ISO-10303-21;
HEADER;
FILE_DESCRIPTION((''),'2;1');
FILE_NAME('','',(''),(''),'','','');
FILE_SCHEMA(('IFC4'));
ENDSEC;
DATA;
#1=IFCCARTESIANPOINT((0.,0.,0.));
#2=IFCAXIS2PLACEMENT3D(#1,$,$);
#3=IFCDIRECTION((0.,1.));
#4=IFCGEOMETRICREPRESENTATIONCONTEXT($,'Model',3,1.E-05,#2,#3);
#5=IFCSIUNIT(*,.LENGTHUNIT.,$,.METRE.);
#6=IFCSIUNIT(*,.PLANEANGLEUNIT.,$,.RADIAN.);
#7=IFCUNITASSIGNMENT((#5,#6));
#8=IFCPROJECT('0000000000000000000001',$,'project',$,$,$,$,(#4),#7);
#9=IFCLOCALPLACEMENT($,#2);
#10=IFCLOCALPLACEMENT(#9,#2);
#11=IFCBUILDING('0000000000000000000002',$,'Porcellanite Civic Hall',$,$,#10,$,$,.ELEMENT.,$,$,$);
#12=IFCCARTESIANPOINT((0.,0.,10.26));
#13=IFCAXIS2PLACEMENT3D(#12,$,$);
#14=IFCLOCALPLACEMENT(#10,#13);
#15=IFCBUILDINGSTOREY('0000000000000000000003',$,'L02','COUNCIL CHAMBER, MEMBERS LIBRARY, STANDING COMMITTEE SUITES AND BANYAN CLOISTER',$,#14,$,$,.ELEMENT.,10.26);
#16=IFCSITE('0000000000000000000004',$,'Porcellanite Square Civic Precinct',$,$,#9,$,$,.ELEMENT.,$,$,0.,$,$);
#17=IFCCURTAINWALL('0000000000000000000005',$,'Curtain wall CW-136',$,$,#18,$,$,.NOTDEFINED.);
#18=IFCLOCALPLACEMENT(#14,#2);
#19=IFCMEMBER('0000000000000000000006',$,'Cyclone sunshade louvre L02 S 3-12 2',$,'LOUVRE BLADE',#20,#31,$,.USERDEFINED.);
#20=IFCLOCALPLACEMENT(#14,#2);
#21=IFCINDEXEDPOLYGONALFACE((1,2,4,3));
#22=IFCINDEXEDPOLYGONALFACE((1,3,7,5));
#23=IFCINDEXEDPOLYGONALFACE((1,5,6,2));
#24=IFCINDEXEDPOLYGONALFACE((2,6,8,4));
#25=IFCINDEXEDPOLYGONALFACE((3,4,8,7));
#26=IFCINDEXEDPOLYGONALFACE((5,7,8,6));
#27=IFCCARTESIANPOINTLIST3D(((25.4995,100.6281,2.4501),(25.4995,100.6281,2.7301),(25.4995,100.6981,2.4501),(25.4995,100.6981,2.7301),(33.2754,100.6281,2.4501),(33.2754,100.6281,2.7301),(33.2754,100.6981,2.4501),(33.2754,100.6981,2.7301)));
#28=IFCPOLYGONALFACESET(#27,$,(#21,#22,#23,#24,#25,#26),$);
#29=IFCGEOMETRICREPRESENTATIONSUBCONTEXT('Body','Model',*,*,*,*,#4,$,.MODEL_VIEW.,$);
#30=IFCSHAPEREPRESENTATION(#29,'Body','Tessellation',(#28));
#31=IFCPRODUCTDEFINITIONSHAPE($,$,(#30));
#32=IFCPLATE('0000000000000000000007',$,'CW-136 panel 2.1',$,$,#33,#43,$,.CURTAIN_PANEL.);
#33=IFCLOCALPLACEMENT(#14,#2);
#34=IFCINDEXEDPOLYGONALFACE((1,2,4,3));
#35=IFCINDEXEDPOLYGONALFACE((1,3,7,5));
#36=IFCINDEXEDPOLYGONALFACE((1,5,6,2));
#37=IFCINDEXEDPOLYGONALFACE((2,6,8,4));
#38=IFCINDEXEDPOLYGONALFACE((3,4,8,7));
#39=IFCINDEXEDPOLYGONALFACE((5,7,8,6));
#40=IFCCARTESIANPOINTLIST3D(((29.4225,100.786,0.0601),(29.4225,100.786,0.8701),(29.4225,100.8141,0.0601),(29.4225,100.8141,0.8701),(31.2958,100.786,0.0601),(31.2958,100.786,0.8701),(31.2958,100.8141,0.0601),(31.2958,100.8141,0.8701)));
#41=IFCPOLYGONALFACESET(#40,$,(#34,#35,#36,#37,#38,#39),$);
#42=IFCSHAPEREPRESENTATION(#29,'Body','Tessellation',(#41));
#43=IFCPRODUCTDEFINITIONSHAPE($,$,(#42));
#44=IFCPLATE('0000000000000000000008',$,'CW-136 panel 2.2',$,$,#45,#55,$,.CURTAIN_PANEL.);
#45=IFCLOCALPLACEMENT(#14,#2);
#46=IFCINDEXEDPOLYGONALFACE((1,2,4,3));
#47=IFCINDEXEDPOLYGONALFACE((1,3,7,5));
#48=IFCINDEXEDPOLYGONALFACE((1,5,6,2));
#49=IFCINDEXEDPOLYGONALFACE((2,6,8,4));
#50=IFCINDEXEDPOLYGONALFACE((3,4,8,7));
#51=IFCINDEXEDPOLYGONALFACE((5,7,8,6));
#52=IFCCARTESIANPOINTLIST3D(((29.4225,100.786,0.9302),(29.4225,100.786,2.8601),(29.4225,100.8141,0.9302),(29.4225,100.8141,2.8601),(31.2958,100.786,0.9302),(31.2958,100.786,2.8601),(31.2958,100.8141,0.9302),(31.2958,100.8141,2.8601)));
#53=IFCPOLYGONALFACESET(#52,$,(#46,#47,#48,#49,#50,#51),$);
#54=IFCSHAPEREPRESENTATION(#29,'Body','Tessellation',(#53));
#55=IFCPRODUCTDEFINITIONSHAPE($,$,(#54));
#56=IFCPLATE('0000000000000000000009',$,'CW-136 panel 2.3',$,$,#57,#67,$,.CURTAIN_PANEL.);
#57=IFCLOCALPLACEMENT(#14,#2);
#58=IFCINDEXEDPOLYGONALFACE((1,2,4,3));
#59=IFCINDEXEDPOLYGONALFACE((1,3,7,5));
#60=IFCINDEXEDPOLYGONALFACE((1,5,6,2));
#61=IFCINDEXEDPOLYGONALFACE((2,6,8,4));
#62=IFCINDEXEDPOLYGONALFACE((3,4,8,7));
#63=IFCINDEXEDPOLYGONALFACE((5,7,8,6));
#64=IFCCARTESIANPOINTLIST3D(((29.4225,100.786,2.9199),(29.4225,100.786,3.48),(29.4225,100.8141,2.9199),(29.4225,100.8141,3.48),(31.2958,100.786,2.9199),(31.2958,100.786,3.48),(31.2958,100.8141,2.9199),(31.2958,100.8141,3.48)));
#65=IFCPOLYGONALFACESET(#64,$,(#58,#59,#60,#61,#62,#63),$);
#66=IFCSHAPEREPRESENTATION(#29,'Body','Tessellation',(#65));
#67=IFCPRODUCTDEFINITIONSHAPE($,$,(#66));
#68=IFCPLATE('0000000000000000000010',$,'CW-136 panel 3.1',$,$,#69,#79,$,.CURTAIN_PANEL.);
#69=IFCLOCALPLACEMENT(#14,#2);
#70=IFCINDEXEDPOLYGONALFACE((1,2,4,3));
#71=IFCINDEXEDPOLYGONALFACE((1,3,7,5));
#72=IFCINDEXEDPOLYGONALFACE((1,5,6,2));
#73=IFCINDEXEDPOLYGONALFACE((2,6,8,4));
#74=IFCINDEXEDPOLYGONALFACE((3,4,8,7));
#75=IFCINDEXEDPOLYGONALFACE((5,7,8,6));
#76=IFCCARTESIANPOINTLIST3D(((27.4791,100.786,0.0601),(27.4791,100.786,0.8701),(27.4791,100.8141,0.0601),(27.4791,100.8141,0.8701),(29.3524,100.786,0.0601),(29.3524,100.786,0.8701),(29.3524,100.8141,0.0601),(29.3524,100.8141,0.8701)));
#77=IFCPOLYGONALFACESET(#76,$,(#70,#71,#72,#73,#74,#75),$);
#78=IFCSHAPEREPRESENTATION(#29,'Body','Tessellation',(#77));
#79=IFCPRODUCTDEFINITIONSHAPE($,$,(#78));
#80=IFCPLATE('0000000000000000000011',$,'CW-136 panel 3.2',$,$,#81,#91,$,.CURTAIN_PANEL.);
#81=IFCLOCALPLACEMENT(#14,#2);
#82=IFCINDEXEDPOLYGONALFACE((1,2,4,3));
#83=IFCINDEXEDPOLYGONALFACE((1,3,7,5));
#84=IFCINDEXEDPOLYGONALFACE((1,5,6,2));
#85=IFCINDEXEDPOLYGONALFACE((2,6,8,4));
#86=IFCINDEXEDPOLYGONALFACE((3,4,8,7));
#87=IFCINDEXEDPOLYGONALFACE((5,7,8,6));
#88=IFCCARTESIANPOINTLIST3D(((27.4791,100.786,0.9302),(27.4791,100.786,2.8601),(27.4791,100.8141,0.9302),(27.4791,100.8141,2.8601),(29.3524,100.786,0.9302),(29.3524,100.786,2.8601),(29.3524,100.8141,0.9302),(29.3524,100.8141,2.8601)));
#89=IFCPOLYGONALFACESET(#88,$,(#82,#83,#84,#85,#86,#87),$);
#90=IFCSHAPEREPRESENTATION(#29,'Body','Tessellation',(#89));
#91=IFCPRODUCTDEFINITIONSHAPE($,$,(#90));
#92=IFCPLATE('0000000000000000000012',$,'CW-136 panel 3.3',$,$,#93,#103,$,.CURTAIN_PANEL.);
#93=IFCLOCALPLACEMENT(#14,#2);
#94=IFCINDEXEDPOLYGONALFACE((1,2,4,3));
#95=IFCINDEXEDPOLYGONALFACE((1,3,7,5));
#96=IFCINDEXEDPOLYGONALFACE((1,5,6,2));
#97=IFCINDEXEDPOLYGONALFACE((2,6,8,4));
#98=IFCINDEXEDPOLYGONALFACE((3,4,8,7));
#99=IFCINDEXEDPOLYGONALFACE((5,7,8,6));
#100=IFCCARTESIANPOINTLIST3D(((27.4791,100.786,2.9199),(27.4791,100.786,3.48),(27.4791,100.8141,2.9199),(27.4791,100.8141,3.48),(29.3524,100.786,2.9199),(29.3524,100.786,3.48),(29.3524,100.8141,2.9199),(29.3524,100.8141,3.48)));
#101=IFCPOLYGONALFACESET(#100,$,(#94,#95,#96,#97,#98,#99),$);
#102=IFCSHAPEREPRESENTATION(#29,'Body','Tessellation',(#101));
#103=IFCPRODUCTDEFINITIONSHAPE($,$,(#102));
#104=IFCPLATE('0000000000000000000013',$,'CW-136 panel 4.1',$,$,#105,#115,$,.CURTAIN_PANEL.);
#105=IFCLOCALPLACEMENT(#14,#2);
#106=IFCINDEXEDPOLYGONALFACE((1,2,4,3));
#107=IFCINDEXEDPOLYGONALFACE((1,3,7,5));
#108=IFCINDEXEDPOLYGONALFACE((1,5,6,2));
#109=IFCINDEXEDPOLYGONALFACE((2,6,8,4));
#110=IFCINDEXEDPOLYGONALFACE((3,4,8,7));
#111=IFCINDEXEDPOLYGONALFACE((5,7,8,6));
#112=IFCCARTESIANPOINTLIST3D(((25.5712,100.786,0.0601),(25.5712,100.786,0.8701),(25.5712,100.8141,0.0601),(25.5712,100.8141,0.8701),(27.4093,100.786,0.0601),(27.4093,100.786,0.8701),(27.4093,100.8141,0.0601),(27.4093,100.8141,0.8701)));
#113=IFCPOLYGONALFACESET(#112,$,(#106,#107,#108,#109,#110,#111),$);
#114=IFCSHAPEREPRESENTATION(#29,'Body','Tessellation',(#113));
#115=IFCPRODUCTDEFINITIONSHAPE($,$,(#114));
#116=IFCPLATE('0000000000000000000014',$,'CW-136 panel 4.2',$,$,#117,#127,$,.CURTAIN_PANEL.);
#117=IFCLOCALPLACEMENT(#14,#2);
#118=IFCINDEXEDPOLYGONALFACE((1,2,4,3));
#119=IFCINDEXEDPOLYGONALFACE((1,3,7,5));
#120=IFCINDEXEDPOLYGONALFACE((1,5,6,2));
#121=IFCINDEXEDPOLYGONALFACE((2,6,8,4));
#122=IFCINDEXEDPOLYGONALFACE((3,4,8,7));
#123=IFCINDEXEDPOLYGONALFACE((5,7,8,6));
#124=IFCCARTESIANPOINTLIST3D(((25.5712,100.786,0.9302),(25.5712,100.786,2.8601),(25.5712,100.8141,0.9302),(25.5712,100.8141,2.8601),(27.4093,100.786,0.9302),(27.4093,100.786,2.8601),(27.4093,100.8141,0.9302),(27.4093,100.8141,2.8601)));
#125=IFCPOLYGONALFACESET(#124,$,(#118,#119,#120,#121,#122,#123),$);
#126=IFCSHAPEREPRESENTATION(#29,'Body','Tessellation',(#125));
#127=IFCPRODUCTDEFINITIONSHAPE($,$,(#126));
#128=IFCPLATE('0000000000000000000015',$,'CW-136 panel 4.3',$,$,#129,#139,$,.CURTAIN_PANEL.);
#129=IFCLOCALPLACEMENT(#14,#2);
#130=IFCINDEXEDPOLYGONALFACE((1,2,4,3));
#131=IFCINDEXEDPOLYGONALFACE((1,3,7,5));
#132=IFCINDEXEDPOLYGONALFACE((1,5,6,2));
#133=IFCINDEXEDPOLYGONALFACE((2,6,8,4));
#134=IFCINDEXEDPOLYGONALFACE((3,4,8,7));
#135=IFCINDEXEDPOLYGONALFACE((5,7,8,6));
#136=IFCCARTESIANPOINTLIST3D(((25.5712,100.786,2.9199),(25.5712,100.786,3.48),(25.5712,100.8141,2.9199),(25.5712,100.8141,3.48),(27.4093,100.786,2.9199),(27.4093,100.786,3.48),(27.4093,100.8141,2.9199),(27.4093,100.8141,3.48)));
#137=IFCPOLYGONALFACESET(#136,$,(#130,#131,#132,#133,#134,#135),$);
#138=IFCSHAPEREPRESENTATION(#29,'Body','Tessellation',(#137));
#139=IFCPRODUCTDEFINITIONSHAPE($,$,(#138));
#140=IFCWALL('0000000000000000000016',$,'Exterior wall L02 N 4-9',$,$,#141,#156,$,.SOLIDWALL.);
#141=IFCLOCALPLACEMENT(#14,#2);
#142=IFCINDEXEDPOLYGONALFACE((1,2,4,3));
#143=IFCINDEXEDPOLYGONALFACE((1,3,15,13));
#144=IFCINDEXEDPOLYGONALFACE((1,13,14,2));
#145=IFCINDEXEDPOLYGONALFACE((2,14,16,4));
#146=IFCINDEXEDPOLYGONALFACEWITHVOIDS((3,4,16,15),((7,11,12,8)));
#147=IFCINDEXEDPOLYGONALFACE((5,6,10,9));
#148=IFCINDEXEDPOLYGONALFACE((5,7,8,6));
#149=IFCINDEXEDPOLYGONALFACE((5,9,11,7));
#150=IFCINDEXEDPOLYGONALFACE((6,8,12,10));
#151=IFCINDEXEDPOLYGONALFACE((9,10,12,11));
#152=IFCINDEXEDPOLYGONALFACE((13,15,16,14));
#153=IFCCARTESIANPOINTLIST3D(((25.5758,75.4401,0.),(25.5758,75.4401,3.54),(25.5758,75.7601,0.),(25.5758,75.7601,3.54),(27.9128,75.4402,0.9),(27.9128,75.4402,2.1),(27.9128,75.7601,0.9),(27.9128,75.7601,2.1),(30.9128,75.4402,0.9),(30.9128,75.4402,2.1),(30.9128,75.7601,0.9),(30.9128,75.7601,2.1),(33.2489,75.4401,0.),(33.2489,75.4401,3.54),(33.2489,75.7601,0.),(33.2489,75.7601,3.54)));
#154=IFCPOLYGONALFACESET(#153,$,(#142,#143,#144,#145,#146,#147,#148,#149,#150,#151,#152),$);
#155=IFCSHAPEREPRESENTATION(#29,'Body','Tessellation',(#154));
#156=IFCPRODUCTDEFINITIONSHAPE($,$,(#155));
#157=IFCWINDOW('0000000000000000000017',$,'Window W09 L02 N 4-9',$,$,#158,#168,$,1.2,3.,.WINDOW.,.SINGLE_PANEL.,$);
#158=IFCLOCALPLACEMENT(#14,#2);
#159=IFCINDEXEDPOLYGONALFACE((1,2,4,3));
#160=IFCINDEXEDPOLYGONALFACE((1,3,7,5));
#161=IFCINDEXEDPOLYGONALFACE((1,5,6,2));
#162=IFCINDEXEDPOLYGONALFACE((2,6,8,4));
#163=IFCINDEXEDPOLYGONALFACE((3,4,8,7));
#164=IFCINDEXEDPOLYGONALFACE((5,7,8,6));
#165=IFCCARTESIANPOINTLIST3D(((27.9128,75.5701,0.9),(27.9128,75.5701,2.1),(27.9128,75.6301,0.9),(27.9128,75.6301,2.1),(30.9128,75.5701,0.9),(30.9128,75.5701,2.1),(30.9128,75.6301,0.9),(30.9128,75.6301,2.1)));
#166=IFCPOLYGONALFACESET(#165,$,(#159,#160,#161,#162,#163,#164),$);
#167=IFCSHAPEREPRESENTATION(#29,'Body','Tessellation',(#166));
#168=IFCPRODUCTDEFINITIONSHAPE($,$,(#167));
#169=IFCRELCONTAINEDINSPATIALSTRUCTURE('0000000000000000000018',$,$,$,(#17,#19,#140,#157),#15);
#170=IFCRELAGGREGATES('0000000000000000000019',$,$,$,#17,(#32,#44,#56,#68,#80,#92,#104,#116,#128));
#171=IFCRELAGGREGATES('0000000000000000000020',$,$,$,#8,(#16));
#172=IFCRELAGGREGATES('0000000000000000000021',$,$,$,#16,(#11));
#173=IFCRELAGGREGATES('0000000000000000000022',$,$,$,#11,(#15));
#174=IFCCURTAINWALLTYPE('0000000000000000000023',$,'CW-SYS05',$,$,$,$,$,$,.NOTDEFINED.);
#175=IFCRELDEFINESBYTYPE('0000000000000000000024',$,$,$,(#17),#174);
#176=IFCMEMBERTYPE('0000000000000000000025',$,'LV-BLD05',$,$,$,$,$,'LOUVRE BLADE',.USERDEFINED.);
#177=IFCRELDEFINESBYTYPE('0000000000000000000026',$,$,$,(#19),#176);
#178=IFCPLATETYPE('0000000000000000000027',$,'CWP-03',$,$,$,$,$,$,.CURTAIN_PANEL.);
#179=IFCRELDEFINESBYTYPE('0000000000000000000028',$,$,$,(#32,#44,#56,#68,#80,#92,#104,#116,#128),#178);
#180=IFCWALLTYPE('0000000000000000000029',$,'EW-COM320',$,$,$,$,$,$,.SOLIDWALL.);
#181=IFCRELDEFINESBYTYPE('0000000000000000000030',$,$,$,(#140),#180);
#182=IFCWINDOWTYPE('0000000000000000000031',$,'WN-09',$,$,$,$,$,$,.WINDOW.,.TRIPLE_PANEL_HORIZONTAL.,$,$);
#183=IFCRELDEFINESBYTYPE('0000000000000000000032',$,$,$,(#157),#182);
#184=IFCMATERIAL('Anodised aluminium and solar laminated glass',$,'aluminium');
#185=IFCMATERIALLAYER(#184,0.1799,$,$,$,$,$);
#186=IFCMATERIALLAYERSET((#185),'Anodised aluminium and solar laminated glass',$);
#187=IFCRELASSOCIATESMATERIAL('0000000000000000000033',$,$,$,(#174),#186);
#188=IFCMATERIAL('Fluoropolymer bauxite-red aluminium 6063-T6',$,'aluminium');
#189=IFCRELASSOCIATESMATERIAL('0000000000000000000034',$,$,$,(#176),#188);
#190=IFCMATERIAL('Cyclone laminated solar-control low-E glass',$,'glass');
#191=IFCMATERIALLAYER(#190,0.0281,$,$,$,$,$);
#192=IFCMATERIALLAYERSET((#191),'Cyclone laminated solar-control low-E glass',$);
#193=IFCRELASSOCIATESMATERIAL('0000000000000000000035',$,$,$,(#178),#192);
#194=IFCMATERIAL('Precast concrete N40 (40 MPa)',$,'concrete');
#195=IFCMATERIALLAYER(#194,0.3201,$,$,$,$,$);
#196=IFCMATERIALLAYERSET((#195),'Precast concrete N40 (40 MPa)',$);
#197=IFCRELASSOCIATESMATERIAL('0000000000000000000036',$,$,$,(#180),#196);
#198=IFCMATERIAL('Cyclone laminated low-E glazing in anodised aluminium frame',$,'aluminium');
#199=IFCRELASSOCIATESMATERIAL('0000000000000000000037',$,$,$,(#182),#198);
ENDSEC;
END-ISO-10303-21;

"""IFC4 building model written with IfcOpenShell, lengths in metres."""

from ifc_helpers import new_model, si_unit, direction, frame, frame_2d, origin, origin_2d, place, context, subcontext, project, spatial, rectangle, extrude, material, layer, layer_set, material_profile, profile_set, type_object, element, fill, aggregate, save


model = new_model("IFC4")

# Units and contexts
model_context = context("Model", 3, precision=1e-05, world=origin(), true_north=direction((0.0, 1.0)))
body_context = subcontext(model_context, "Body", "Model", "MODEL_VIEW")
ifc_project = project(units=[si_unit("LENGTHUNIT", "METRE"), si_unit("PLANEANGLEUNIT", "RADIAN")], contexts=[model_context])

# Site, building, storey
site_placement = place(None, origin())
site = spatial("IfcSite", under=ifc_project, at=site_placement, Name="Porcellanite Square Civic Precinct", CompositionType="ELEMENT", RefElevation=0.0)
building_placement = place(site_placement, origin())
building = spatial("IfcBuilding", under=site, at=building_placement, Name="Porcellanite Civic Hall", CompositionType="ELEMENT")
storey_placement = place(building_placement, frame((0.0, 0.0, 10.26)))
storey = spatial("IfcBuildingStorey", under=building, at=storey_placement, Name="L02", Description="COUNCIL CHAMBER, MEMBERS LIBRARY, STANDING COMMITTEE SUITES AND BANYAN CLOISTER", CompositionType="ELEMENT", Elevation=10.26)

# Curtain wall
ifc_material_1 = material(Name="Anodised aluminium and solar laminated glass", Category="aluminium")
ifc_layer_1 = layer(ifc_material_1, 0.1799)
ifc_layer_set_1 = layer_set([ifc_layer_1], Name="Anodised aluminium and solar laminated glass")
curtain_wall_type = type_object("IfcCurtainWallType", Name="CW-SYS05", PredefinedType="NOTDEFINED", material=ifc_layer_set_1)
curtain_wall_placement = place(storey_placement, origin())
curtain_wall = element("IfcCurtainWall", 1, at=curtain_wall_placement, inside=storey, type_object=curtain_wall_type, Name="Curtain wall CW-136", PredefinedType="NOTDEFINED")

# Member
ifc_material_2 = material(Name="Fluoropolymer bauxite-red aluminium 6063-T6", Category="aluminium")
ifc_material_profile_1 = material_profile(ifc_material_2, rectangle(XDim=0.0701, YDim=0.28, at=origin_2d()), Name="AL-70x280")
ifc_profile_set_1 = profile_set([ifc_material_profile_1], Name="Fluoropolymer bauxite-red aluminium 6063-T6")
member_type_1 = type_object("IfcMemberType", Name="LV-BLD05", ElementType="LOUVRE BLADE", PredefinedType="USERDEFINED", material=ifc_profile_set_1)
for number, where, z_axis, x_axis, name in (
    (2, (33.2754, 100.6631, 2.5901), (-1.0, 0.0, 0.0), (0.0, -1.0, 0.0), "Cyclone sunshade louvre L02 S 3-12 2"),
):
    element("IfcMember", number, at=place(storey_placement, frame(where, z_axis=z_axis, x_axis=x_axis)), inside=storey, type_object=member_type_1, Name=name, ObjectType="LOUVRE BLADE", PredefinedType="USERDEFINED", context=body_context, shape_type="SweptSolid", body=[
        extrude(rectangle(XDim=0.0701, YDim=0.28, at=origin_2d()), origin(), (0.0, 0.0, 1.0), 7.7759),
    ])

# Plates
ifc_material_3 = material(Name="Cyclone laminated solar-control low-E glass", Category="glass")
ifc_layer_2 = layer(ifc_material_3, 0.0281)
ifc_layer_set_2 = layer_set([ifc_layer_2], Name="Cyclone laminated solar-control low-E glass")
plate_type = type_object("IfcPlateType", Name="CWP-03", PredefinedType="CURTAIN_PANEL", material=ifc_layer_set_2)
plate_1_placement = place(storey_placement, frame((30.3591, 100.8, 0.0601), z_axis=(0.0, 0.0, 1.0), x_axis=(-1.0, 0.0, 0.0)))
plate_1 = element("IfcPlate", 3, at=plate_1_placement, type_object=plate_type, Name="CW-136 panel 2.1", PredefinedType="CURTAIN_PANEL", context=body_context, shape_type="SweptSolid", body=[
    extrude(rectangle(XDim=1.8733, YDim=0.0281, at=origin_2d()), origin(), (0.0, 0.0, 1.0), 0.8101),
])
plate_2_placement = place(storey_placement, frame((30.3591, 100.8, 0.9302), z_axis=(0.0, 0.0, 1.0), x_axis=(-1.0, 0.0, 0.0)))
plate_2 = element("IfcPlate", 4, at=plate_2_placement, type_object=plate_type, Name="CW-136 panel 2.2", PredefinedType="CURTAIN_PANEL", context=body_context, shape_type="SweptSolid", body=[
    extrude(rectangle(XDim=1.8733, YDim=0.0281, at=origin_2d()), origin(), (0.0, 0.0, 1.0), 1.9299),
])
plate_3_placement = place(storey_placement, frame((30.3591, 100.8, 2.9199), z_axis=(0.0, 0.0, 1.0), x_axis=(-1.0, 0.0, 0.0)))
plate_3 = element("IfcPlate", 5, at=plate_3_placement, type_object=plate_type, Name="CW-136 panel 2.3", PredefinedType="CURTAIN_PANEL", context=body_context, shape_type="SweptSolid", body=[
    extrude(rectangle(XDim=1.8733, YDim=0.0281, at=origin_2d()), origin(), (0.0, 0.0, 1.0), 0.5601),
])
plate_4_placement = place(storey_placement, frame((28.4158, 100.8, 0.0601), z_axis=(0.0, 0.0, 1.0), x_axis=(-1.0, 0.0, 0.0)))
plate_4 = element("IfcPlate", 6, at=plate_4_placement, type_object=plate_type, Name="CW-136 panel 3.1", PredefinedType="CURTAIN_PANEL", context=body_context, shape_type="SweptSolid", body=[
    extrude(rectangle(XDim=1.8733, YDim=0.0281, at=origin_2d()), origin(), (0.0, 0.0, 1.0), 0.8101),
])
plate_5_placement = place(storey_placement, frame((28.4158, 100.8, 0.9302), z_axis=(0.0, 0.0, 1.0), x_axis=(-1.0, 0.0, 0.0)))
plate_5 = element("IfcPlate", 7, at=plate_5_placement, type_object=plate_type, Name="CW-136 panel 3.2", PredefinedType="CURTAIN_PANEL", context=body_context, shape_type="SweptSolid", body=[
    extrude(rectangle(XDim=1.8733, YDim=0.0281, at=origin_2d()), origin(), (0.0, 0.0, 1.0), 1.9299),
])
plate_6_placement = place(storey_placement, frame((28.4158, 100.8, 2.9199), z_axis=(0.0, 0.0, 1.0), x_axis=(-1.0, 0.0, 0.0)))
plate_6 = element("IfcPlate", 8, at=plate_6_placement, type_object=plate_type, Name="CW-136 panel 3.3", PredefinedType="CURTAIN_PANEL", context=body_context, shape_type="SweptSolid", body=[
    extrude(rectangle(XDim=1.8733, YDim=0.0281, at=origin_2d()), origin(), (0.0, 0.0, 1.0), 0.5601),
])
plate_7_placement = place(storey_placement, frame((26.4902, 100.8, 0.0601), z_axis=(0.0, 0.0, 1.0), x_axis=(-1.0, 0.0, 0.0)))
plate_7 = element("IfcPlate", 9, at=plate_7_placement, type_object=plate_type, Name="CW-136 panel 4.1", PredefinedType="CURTAIN_PANEL", context=body_context, shape_type="SweptSolid", body=[
    extrude(rectangle(XDim=1.8381, YDim=0.0281, at=origin_2d()), origin(), (0.0, 0.0, 1.0), 0.8101),
])
plate_8_placement = place(storey_placement, frame((26.4902, 100.8, 0.9302), z_axis=(0.0, 0.0, 1.0), x_axis=(-1.0, 0.0, 0.0)))
plate_8 = element("IfcPlate", 10, at=plate_8_placement, type_object=plate_type, Name="CW-136 panel 4.2", PredefinedType="CURTAIN_PANEL", context=body_context, shape_type="SweptSolid", body=[
    extrude(rectangle(XDim=1.8381, YDim=0.0281, at=origin_2d()), origin(), (0.0, 0.0, 1.0), 1.9299),
])
plate_9_placement = place(storey_placement, frame((26.4902, 100.8, 2.9199), z_axis=(0.0, 0.0, 1.0), x_axis=(-1.0, 0.0, 0.0)))
plate_9 = element("IfcPlate", 11, at=plate_9_placement, type_object=plate_type, Name="CW-136 panel 4.3", PredefinedType="CURTAIN_PANEL", context=body_context, shape_type="SweptSolid", body=[
    extrude(rectangle(XDim=1.8381, YDim=0.0281, at=origin_2d()), origin(), (0.0, 0.0, 1.0), 0.5601),
])
aggregate(curtain_wall, [plate_1, plate_2, plate_3, plate_4, plate_5, plate_6, plate_7, plate_8, plate_9])

# Wall, opening, window
ifc_material_4 = material(Name="Precast concrete N40 (40 MPa)", Category="concrete")
ifc_layer_3 = layer(ifc_material_4, 0.3201)
ifc_layer_set_3 = layer_set([ifc_layer_3], Name="Precast concrete N40 (40 MPa)")
wall_type = type_object("IfcWallType", Name="EW-COM320", PredefinedType="SOLIDWALL", material=ifc_layer_set_3)
wall_1_placement = place(storey_placement, frame((25.5759, 75.6001, 0.0), z_axis=(0.0, 0.0, 1.0), x_axis=(1.0, 0.0, 0.0)))
wall_1 = element("IfcWall", 12, at=wall_1_placement, inside=storey, type_object=wall_type, Name="Exterior wall L02 N 4-9", PredefinedType="SOLIDWALL", context=body_context, shape_type="SweptSolid", body=[
    extrude(rectangle(XDim=7.6731, YDim=0.3201, at=frame_2d((3.8364, 0.0))), origin(), (0.0, 0.0, 1.0), 3.54),
])
opening_1_placement = place(wall_1_placement, frame((2.3369, 0.0, 0.8999)))
opening_1 = element("IfcOpeningElement", 13, at=opening_1_placement, cuts=wall_1, PredefinedType="OPENING", context=body_context, shape_type="SweptSolid", body=[
    extrude(rectangle(XDim=3.0, YDim=1.2, at=frame_2d((1.5, 0.6001))), frame((0.0, 0.1602, 0.0), z_axis=(0.0, -1.0, 0.0), x_axis=(1.0, 0.0, 0.0)), (0.0, 0.0, 1.0), 0.3201),
])
ifc_material_5 = material(Name="Cyclone laminated low-E glazing in anodised aluminium frame", Category="aluminium")
window_type_1 = type_object("IfcWindowType", Name="WN-09", PartitioningType="TRIPLE_PANEL_HORIZONTAL", PredefinedType="WINDOW", material=ifc_material_5)
window_1_placement = place(opening_1_placement, origin())
window_1 = element("IfcWindow", 14, at=window_1_placement, inside=storey, type_object=window_type_1, Name="Window W09 L02 N 4-9", OverallHeight=1.2, OverallWidth=3.0, PartitioningType="SINGLE_PANEL", PredefinedType="WINDOW", context=body_context, shape_type="SweptSolid", body=[
    extrude(rectangle(XDim=3.0, YDim=1.2, at=frame_2d((1.5, 0.6001))), frame((0.0, 0.03, 0.0), z_axis=(0.0, -1.0, 0.0), x_axis=(1.0, 0.0, 0.0)), (0.0, 0.0, 1.0), 0.0601),
])
fill(opening_1, window_1)

save(model, "model.ifc")
